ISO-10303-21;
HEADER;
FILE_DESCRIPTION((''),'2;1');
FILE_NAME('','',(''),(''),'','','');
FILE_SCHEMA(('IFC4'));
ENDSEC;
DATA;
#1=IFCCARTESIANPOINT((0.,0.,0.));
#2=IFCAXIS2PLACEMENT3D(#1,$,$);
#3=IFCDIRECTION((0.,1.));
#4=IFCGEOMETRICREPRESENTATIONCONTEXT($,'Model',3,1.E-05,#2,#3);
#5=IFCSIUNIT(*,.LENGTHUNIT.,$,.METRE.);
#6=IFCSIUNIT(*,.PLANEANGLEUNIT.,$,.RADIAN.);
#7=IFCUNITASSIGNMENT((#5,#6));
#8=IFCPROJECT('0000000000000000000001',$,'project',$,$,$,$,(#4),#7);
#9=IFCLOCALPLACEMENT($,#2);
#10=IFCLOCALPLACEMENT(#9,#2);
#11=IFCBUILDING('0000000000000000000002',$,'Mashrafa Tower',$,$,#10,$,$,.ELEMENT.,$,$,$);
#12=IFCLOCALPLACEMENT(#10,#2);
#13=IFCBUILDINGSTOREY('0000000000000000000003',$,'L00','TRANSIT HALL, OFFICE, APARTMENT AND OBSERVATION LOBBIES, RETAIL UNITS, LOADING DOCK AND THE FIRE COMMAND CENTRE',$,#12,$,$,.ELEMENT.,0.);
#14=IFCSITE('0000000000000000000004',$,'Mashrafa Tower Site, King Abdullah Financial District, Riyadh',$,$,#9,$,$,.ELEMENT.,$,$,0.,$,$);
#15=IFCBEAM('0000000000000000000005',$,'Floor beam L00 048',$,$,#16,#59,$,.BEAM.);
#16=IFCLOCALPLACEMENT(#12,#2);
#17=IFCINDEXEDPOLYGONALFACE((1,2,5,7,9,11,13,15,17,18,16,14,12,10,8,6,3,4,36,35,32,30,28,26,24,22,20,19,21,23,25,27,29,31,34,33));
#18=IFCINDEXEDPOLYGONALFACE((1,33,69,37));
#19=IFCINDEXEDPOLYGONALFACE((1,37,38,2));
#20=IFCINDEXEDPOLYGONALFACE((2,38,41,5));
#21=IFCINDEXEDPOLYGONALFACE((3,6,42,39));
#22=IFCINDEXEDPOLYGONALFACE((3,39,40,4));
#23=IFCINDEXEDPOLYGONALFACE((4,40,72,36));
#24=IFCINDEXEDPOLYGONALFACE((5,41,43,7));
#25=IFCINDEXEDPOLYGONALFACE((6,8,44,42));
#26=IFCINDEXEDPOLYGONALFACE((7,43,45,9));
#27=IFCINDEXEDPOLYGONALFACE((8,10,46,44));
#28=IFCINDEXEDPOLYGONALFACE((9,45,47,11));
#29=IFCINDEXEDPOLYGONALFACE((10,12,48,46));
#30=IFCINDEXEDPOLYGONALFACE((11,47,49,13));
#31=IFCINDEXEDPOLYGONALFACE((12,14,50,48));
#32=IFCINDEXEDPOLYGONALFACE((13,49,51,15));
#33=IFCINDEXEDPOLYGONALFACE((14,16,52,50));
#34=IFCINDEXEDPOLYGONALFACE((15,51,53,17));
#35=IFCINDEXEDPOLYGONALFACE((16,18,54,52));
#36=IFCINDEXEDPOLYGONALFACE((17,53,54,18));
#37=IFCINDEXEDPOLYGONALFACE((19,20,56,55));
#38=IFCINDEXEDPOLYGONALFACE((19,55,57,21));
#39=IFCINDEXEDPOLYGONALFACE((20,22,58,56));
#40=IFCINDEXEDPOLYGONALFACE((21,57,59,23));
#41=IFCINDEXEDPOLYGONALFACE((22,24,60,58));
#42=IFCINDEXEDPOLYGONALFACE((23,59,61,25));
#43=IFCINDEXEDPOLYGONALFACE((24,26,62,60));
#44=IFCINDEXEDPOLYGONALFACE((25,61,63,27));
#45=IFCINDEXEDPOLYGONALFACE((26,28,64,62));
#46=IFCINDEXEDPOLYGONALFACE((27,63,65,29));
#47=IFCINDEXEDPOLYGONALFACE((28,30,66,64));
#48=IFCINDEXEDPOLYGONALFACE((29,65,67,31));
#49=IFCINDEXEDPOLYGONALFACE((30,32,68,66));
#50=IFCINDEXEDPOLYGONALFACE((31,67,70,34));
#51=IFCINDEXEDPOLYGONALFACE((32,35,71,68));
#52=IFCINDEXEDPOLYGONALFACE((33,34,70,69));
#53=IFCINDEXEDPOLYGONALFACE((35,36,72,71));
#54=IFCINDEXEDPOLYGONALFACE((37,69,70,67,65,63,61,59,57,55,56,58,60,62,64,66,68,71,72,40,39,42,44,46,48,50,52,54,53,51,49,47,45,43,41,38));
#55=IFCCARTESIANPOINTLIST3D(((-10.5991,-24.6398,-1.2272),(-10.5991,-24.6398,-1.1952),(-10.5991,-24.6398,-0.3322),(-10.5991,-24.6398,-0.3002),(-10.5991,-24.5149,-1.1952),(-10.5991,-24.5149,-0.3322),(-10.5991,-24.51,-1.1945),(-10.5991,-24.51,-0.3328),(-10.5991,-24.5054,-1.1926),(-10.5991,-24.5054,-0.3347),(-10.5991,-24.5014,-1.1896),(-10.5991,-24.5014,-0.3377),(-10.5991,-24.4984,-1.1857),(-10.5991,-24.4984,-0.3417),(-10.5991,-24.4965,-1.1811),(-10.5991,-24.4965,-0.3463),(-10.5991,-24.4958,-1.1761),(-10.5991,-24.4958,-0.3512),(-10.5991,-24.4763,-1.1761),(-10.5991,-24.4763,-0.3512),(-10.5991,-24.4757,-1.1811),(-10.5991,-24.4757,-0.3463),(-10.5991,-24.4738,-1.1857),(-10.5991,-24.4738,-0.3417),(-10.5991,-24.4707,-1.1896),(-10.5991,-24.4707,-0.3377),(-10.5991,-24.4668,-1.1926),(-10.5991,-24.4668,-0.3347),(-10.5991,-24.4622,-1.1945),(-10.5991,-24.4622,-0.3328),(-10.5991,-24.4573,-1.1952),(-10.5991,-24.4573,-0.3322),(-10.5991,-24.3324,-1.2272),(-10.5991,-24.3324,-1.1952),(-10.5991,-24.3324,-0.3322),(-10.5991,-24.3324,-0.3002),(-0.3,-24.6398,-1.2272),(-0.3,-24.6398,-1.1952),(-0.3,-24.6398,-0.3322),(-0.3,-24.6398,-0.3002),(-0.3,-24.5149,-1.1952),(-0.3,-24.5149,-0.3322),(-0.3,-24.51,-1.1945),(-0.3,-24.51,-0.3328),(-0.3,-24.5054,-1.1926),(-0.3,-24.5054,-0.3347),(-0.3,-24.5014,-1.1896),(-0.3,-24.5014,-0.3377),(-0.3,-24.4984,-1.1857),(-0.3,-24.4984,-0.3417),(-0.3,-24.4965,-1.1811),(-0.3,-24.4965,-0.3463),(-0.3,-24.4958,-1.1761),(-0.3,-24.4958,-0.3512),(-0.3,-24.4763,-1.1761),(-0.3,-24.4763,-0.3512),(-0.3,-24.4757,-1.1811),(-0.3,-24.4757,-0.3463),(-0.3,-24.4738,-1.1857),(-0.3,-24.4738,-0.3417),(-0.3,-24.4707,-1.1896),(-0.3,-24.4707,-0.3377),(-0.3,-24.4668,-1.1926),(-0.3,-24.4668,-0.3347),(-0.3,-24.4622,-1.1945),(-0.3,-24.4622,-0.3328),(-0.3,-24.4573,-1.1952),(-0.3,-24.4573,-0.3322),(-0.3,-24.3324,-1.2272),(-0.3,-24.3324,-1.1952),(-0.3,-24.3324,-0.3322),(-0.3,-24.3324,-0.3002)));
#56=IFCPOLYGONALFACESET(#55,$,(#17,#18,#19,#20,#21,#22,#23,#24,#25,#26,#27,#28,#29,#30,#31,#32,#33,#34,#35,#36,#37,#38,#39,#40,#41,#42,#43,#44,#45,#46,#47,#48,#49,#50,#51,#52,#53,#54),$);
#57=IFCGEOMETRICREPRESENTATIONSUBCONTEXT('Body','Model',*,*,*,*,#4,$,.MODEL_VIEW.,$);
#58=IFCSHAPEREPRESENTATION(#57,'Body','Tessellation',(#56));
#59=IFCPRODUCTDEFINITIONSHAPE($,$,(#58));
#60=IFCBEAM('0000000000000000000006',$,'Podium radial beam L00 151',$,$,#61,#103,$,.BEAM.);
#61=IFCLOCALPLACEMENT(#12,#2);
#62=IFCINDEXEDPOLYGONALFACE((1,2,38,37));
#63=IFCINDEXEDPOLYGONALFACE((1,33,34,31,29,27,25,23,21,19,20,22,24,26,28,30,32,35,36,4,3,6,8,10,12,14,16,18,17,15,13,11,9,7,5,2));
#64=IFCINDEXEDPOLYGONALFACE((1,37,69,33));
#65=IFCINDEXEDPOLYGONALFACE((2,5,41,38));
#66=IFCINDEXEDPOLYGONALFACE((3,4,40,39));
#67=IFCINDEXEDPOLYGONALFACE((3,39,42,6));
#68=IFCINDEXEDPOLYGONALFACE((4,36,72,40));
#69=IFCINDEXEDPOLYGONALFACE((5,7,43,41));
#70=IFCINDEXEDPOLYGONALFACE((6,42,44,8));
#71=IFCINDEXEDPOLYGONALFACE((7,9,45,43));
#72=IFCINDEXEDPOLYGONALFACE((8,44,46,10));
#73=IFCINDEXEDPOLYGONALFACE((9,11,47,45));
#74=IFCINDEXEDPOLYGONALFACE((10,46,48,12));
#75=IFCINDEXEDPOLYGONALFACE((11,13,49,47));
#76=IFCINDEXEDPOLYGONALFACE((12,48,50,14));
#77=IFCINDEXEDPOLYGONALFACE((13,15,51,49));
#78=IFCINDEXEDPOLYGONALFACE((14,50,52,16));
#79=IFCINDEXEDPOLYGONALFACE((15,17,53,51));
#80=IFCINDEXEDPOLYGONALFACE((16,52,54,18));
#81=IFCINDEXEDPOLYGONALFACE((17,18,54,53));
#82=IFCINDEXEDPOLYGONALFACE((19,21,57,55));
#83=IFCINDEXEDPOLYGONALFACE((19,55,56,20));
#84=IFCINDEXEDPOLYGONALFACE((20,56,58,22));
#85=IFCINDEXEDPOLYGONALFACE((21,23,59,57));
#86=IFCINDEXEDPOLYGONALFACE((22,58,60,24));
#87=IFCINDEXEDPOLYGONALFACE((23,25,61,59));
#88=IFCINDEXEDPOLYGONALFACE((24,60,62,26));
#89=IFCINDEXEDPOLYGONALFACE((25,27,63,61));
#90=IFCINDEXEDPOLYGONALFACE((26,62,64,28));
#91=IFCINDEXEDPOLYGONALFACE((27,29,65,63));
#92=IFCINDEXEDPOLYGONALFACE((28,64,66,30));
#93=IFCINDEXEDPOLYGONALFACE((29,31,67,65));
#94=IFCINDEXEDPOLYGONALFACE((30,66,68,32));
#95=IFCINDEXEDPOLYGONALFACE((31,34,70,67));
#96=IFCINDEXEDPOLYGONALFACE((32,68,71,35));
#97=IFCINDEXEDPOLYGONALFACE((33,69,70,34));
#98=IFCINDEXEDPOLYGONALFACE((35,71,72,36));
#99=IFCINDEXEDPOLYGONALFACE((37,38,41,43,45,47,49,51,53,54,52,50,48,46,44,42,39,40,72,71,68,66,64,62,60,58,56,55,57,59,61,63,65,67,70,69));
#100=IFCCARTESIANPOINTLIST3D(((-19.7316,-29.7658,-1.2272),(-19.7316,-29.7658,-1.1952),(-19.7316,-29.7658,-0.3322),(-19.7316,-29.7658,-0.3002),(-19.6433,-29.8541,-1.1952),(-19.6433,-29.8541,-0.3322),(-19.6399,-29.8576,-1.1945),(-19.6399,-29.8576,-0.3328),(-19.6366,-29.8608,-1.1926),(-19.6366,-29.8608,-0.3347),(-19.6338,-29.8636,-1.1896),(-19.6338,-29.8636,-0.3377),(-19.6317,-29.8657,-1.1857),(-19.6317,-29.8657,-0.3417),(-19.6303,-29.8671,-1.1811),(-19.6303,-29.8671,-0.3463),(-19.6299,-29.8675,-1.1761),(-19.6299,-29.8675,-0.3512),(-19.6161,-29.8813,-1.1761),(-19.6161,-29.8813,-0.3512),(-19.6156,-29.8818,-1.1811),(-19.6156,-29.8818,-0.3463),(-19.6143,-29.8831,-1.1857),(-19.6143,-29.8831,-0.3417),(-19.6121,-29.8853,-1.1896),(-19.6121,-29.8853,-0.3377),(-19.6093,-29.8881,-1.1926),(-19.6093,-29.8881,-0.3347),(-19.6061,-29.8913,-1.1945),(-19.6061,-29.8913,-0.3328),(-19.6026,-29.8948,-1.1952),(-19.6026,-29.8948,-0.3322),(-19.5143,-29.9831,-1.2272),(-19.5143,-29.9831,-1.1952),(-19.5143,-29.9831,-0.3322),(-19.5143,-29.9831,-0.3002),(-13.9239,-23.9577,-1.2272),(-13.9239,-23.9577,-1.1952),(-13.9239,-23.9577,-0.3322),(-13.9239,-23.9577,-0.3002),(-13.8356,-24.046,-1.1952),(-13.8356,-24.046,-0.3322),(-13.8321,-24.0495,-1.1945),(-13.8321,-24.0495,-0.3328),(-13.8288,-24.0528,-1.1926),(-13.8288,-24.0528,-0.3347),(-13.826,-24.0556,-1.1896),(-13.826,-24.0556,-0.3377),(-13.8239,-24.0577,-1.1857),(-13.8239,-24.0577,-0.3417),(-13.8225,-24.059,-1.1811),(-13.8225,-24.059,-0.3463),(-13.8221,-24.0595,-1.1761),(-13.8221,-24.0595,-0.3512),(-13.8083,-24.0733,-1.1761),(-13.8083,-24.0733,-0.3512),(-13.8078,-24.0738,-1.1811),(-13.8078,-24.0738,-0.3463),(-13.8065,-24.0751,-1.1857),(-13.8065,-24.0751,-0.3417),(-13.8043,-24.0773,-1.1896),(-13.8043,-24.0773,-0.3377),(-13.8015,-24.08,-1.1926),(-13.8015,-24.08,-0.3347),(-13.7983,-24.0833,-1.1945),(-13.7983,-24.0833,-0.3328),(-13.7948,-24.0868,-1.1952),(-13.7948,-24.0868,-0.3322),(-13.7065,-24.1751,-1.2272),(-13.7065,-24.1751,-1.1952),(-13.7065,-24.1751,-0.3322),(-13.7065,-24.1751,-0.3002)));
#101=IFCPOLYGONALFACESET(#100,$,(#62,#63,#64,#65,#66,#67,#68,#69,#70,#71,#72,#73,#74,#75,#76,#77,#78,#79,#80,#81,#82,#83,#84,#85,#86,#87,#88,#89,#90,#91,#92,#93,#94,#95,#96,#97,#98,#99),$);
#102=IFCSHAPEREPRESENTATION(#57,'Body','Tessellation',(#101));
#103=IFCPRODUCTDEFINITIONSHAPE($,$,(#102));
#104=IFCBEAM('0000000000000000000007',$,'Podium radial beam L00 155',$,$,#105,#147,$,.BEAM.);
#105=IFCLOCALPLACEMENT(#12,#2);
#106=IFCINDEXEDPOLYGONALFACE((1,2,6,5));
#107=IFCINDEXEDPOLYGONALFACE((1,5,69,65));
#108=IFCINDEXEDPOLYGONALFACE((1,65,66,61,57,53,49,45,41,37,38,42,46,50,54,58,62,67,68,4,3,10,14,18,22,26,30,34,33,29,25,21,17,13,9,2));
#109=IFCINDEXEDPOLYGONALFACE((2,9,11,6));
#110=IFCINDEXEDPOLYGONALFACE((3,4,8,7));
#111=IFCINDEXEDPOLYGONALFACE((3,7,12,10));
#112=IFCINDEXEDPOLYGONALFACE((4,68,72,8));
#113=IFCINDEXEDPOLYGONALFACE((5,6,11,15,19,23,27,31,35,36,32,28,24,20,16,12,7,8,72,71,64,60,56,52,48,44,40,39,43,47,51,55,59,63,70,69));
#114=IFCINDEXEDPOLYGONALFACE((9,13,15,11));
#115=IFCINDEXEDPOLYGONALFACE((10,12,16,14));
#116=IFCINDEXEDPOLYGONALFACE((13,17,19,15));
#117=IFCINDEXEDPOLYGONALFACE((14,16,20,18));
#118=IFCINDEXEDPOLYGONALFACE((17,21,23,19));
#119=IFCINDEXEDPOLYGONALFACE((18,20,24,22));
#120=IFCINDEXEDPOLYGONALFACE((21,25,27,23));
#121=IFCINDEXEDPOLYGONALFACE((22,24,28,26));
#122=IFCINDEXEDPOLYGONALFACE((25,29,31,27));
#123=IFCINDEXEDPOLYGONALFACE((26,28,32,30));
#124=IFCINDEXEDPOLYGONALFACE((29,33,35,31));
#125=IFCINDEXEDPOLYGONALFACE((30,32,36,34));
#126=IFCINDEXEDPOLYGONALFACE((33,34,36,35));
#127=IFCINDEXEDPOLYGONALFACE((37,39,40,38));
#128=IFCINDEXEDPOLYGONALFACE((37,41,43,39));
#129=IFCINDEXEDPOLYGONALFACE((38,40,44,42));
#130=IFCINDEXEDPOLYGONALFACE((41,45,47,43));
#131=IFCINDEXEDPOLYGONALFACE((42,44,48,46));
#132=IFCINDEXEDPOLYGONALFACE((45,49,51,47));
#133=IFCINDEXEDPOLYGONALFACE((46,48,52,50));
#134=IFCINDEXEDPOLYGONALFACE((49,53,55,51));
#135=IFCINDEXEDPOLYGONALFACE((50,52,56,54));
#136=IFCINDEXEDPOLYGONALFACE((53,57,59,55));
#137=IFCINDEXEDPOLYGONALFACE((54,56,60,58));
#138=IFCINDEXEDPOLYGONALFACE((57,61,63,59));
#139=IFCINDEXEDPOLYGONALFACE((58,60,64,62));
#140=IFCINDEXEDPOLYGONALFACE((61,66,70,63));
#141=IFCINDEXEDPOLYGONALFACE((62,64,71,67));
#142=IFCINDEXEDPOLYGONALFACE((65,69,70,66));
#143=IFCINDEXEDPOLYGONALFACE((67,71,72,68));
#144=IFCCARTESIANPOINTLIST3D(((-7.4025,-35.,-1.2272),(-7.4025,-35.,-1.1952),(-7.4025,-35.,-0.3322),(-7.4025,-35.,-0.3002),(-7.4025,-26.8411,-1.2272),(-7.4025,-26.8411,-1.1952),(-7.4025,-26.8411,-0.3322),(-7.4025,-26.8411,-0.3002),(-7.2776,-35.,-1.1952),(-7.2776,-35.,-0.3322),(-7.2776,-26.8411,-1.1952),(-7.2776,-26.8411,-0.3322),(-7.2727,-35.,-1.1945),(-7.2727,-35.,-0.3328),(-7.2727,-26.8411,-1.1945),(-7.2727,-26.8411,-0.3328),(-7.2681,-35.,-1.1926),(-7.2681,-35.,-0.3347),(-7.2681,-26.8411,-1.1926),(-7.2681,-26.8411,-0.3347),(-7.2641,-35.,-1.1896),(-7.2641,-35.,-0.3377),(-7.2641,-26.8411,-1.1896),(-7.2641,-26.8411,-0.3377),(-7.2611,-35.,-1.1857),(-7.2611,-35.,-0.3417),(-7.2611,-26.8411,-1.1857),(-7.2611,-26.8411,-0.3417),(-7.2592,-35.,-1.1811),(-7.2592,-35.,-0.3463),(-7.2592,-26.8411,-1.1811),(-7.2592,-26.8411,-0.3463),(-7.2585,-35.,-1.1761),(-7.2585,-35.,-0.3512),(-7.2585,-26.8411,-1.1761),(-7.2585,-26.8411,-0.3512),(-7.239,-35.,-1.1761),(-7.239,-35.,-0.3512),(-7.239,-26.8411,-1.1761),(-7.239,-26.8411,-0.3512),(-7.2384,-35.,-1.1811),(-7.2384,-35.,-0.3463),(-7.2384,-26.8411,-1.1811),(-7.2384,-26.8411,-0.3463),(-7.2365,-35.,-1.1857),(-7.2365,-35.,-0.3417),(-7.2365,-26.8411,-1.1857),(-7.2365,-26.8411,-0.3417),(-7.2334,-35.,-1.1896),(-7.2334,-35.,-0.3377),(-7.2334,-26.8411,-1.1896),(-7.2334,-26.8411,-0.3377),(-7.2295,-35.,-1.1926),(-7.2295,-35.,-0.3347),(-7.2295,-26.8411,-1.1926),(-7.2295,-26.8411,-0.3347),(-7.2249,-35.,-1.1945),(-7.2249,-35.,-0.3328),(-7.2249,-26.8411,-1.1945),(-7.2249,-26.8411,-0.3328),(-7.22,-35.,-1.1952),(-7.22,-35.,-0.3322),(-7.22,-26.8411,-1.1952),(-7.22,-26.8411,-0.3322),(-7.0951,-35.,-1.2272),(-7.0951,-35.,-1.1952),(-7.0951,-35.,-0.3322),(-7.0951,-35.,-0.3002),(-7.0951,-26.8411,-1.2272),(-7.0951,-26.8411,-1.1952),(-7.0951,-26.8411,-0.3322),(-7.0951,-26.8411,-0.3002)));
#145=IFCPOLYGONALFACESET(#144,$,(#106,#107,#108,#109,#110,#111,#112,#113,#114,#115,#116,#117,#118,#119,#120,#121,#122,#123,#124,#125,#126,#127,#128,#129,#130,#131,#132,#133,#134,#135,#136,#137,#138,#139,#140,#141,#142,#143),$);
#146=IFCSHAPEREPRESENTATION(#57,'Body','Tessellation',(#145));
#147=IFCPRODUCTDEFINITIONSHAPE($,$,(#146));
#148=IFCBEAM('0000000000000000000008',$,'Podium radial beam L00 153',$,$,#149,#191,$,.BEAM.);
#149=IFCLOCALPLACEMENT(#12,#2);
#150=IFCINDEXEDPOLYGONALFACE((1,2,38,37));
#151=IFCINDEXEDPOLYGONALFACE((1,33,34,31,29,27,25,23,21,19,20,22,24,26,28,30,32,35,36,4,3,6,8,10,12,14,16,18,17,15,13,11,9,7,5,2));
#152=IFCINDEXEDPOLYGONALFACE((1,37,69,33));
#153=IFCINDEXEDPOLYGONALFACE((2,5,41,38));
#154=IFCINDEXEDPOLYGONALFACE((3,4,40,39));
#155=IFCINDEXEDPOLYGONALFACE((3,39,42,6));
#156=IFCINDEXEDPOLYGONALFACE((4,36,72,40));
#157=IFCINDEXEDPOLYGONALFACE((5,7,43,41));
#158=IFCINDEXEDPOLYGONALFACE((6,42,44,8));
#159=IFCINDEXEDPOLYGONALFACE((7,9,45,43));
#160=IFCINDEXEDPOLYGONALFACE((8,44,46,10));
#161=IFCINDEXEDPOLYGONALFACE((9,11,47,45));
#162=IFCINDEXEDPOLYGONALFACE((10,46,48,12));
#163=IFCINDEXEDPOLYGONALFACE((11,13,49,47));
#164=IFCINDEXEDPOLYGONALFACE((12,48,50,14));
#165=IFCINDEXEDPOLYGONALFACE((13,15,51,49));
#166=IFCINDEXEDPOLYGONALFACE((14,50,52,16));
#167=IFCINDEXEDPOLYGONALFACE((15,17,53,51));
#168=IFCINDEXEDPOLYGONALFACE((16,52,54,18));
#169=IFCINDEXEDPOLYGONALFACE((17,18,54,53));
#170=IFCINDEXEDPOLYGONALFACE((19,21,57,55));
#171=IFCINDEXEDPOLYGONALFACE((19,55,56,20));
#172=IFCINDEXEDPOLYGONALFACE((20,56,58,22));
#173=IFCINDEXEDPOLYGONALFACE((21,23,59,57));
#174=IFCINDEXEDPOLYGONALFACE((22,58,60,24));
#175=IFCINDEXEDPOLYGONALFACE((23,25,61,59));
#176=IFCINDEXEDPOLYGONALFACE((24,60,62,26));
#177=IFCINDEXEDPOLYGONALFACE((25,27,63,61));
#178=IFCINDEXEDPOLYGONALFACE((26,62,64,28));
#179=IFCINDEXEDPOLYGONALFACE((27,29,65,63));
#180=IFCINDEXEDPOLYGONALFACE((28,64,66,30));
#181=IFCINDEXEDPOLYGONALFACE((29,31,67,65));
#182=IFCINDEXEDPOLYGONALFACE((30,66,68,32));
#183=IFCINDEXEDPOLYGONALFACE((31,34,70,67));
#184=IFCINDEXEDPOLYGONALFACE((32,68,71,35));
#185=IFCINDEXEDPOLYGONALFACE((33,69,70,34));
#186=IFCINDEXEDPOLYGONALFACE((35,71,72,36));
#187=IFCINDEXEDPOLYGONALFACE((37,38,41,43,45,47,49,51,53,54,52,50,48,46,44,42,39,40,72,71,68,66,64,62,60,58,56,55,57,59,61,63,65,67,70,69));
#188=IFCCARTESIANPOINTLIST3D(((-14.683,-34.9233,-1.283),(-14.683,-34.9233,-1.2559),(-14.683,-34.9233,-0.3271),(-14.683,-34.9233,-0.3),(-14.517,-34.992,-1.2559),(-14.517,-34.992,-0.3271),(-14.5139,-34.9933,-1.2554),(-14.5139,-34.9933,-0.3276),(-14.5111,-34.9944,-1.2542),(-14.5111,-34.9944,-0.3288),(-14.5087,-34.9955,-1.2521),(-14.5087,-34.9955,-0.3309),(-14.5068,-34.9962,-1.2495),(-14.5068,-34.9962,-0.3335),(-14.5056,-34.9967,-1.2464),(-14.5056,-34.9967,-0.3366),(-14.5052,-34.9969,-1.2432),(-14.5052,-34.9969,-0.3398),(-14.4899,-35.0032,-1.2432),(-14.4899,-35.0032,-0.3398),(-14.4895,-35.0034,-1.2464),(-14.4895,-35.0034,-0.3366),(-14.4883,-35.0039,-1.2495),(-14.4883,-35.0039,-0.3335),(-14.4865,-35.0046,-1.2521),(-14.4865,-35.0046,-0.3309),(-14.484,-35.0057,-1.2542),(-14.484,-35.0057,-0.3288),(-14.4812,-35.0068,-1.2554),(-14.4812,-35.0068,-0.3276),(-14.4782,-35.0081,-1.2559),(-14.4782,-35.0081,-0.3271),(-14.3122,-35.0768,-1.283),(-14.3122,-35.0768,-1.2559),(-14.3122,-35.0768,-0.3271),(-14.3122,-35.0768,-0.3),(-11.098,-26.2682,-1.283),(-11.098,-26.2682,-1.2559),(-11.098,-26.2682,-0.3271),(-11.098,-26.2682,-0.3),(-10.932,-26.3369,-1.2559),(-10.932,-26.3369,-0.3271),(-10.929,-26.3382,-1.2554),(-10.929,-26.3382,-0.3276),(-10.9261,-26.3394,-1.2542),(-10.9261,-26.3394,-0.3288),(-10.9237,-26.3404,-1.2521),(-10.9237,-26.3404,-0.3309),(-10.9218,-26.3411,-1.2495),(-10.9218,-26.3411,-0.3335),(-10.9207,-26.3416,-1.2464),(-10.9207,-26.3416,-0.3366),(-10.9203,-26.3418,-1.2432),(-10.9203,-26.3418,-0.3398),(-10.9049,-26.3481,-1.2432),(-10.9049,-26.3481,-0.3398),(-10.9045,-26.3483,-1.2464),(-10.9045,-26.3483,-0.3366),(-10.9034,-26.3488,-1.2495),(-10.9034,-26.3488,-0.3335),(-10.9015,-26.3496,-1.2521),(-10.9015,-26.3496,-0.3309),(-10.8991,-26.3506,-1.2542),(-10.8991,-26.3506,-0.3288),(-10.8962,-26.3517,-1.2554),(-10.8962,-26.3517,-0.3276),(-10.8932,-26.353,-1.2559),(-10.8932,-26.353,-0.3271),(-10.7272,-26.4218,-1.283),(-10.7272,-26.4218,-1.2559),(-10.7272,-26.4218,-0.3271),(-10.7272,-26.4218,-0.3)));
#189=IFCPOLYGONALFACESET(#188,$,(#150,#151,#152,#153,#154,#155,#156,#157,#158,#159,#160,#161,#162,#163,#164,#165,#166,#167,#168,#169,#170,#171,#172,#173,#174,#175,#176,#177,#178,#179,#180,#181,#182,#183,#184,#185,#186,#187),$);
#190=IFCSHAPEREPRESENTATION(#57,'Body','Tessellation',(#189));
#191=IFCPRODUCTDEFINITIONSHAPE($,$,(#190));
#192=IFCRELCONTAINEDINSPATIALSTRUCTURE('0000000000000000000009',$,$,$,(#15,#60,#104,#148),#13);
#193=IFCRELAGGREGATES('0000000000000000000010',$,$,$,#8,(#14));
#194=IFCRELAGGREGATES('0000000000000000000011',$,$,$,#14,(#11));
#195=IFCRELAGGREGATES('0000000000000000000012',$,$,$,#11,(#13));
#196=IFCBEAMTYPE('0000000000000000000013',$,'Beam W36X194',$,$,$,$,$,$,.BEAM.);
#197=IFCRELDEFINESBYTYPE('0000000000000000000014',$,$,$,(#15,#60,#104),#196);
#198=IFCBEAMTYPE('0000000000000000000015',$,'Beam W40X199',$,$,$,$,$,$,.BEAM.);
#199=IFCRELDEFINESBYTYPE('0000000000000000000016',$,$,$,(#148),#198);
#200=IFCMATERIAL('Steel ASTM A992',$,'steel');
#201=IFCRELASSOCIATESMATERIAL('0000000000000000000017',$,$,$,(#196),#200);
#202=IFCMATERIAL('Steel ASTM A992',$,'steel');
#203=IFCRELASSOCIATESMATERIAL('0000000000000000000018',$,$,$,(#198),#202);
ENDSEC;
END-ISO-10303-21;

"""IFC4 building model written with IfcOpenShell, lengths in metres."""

from ifc_helpers import new_model, si_unit, direction, frame, origin, origin_2d, place, context, subcontext, project, spatial, i_section, extrude, material, material_profile, profile_set, type_object, element, save


model = new_model("IFC4")

# Units and contexts
model_context = context("Model", 3, precision=1e-05, world=origin(), true_north=direction((0.0, 1.0)))
body_context = subcontext(model_context, "Body", "Model", "MODEL_VIEW")
ifc_project = project(units=[si_unit("LENGTHUNIT", "METRE"), si_unit("PLANEANGLEUNIT", "RADIAN")], contexts=[model_context])

# Site, building, storey
site_placement = place(None, origin())
site = spatial("IfcSite", under=ifc_project, at=site_placement, Name="Mashrafa Tower Site, King Abdullah Financial District, Riyadh", CompositionType="ELEMENT", RefElevation=0.0)
building_placement = place(site_placement, origin())
building = spatial("IfcBuilding", under=site, at=building_placement, Name="Mashrafa Tower", CompositionType="ELEMENT")
storey_placement = place(building_placement, origin())
storey = spatial("IfcBuildingStorey", under=building, at=storey_placement, Name="L00", Description="TRANSIT HALL, OFFICE, APARTMENT AND OBSERVATION LOBBIES, RETAIL UNITS, LOADING DOCK AND THE FIRE COMMAND CENTRE", CompositionType="ELEMENT", Elevation=0.0)

# Beams
ifc_material_1 = material(Name="Steel ASTM A992", Category="steel")
ifc_material_profile_1 = material_profile(ifc_material_1, i_section(OverallWidth=0.3074, OverallDepth=0.927, WebThickness=0.0195, FlangeThickness=0.032, FilletRadius=0.019, at=origin_2d()), Name="W36X194")
ifc_profile_set_1 = profile_set([ifc_material_profile_1], Name="Steel ASTM A992")
beam_type_1 = type_object("IfcBeamType", Name="Beam W36X194", PredefinedType="BEAM", material=ifc_profile_set_1)
beam_1_placement = place(storey_placement, frame((-0.3, -24.4861, -0.7637), z_axis=(-1.0, 0.0, 0.0), x_axis=(0.0, -1.0, 0.0)))
element("IfcBeam", 1, at=beam_1_placement, inside=storey, type_object=beam_type_1, Name="Floor beam L00 048", PredefinedType="BEAM", context=body_context, shape_type="SweptSolid", body=[
    extrude(i_section(OverallWidth=0.3074, OverallDepth=0.927, WebThickness=0.0195, FlangeThickness=0.032, FilletRadius=0.019, at=origin_2d()), origin(), (0.0, 0.0, 1.0), 10.2991),
])
beam_2_placement = place(storey_placement, frame((-13.8152, -24.0664, -0.7637), z_axis=(-0.707092, -0.707122, 0.0), x_axis=(0.707122, -0.707092, 0.0)))
element("IfcBeam", 2, at=beam_2_placement, inside=storey, type_object=beam_type_1, Name="Podium radial beam L00 151", PredefinedType="BEAM", context=body_context, shape_type="SweptSolid", body=[
    extrude(i_section(OverallWidth=0.3074, OverallDepth=0.927, WebThickness=0.0195, FlangeThickness=0.032, FilletRadius=0.019, at=origin_2d()), origin(), (0.0, 0.0, 1.0), 8.2136),
])
beam_3_placement = place(storey_placement, frame((-7.2488, -26.8411, -0.7637), z_axis=(0.0, -1.0, 0.0), x_axis=(1.0, 0.0, 0.0)))
element("IfcBeam", 3, at=beam_3_placement, inside=storey, type_object=beam_type_1, Name="Podium radial beam L00 155", PredefinedType="BEAM", context=body_context, shape_type="SweptSolid", body=[
    extrude(i_section(OverallWidth=0.3074, OverallDepth=0.927, WebThickness=0.0195, FlangeThickness=0.032, FilletRadius=0.019, at=origin_2d()), origin(), (0.0, 0.0, 1.0), 8.1589),
])
ifc_material_2 = material(Name="Steel ASTM A992", Category="steel")
ifc_material_profile_2 = material_profile(ifc_material_2, i_section(OverallWidth=0.4014, OverallDepth=0.9829, WebThickness=0.0166, FlangeThickness=0.0271, FilletRadius=0.0127, at=origin_2d()), Name="W40X199")
ifc_profile_set_2 = profile_set([ifc_material_profile_2], Name="Steel ASTM A992")
beam_type_2 = type_object("IfcBeamType", Name="Beam W40X199", PredefinedType="BEAM", material=ifc_profile_set_2)
beam_4_placement = place(storey_placement, frame((-10.9126, -26.345, -0.7915), z_axis=(-0.382677, -0.923882, 0.0), x_axis=(0.923882, -0.382677, 0.0)))
element("IfcBeam", 4, at=beam_4_placement, inside=storey, type_object=beam_type_2, Name="Podium radial beam L00 153", PredefinedType="BEAM", context=body_context, shape_type="SweptSolid", body=[
    extrude(i_section(OverallWidth=0.4014, OverallDepth=0.9829, WebThickness=0.0166, FlangeThickness=0.0271, FilletRadius=0.0127, at=origin_2d()), origin(), (0.0, 0.0, 1.0), 9.3682),
])

save(model, "model.ifc")
